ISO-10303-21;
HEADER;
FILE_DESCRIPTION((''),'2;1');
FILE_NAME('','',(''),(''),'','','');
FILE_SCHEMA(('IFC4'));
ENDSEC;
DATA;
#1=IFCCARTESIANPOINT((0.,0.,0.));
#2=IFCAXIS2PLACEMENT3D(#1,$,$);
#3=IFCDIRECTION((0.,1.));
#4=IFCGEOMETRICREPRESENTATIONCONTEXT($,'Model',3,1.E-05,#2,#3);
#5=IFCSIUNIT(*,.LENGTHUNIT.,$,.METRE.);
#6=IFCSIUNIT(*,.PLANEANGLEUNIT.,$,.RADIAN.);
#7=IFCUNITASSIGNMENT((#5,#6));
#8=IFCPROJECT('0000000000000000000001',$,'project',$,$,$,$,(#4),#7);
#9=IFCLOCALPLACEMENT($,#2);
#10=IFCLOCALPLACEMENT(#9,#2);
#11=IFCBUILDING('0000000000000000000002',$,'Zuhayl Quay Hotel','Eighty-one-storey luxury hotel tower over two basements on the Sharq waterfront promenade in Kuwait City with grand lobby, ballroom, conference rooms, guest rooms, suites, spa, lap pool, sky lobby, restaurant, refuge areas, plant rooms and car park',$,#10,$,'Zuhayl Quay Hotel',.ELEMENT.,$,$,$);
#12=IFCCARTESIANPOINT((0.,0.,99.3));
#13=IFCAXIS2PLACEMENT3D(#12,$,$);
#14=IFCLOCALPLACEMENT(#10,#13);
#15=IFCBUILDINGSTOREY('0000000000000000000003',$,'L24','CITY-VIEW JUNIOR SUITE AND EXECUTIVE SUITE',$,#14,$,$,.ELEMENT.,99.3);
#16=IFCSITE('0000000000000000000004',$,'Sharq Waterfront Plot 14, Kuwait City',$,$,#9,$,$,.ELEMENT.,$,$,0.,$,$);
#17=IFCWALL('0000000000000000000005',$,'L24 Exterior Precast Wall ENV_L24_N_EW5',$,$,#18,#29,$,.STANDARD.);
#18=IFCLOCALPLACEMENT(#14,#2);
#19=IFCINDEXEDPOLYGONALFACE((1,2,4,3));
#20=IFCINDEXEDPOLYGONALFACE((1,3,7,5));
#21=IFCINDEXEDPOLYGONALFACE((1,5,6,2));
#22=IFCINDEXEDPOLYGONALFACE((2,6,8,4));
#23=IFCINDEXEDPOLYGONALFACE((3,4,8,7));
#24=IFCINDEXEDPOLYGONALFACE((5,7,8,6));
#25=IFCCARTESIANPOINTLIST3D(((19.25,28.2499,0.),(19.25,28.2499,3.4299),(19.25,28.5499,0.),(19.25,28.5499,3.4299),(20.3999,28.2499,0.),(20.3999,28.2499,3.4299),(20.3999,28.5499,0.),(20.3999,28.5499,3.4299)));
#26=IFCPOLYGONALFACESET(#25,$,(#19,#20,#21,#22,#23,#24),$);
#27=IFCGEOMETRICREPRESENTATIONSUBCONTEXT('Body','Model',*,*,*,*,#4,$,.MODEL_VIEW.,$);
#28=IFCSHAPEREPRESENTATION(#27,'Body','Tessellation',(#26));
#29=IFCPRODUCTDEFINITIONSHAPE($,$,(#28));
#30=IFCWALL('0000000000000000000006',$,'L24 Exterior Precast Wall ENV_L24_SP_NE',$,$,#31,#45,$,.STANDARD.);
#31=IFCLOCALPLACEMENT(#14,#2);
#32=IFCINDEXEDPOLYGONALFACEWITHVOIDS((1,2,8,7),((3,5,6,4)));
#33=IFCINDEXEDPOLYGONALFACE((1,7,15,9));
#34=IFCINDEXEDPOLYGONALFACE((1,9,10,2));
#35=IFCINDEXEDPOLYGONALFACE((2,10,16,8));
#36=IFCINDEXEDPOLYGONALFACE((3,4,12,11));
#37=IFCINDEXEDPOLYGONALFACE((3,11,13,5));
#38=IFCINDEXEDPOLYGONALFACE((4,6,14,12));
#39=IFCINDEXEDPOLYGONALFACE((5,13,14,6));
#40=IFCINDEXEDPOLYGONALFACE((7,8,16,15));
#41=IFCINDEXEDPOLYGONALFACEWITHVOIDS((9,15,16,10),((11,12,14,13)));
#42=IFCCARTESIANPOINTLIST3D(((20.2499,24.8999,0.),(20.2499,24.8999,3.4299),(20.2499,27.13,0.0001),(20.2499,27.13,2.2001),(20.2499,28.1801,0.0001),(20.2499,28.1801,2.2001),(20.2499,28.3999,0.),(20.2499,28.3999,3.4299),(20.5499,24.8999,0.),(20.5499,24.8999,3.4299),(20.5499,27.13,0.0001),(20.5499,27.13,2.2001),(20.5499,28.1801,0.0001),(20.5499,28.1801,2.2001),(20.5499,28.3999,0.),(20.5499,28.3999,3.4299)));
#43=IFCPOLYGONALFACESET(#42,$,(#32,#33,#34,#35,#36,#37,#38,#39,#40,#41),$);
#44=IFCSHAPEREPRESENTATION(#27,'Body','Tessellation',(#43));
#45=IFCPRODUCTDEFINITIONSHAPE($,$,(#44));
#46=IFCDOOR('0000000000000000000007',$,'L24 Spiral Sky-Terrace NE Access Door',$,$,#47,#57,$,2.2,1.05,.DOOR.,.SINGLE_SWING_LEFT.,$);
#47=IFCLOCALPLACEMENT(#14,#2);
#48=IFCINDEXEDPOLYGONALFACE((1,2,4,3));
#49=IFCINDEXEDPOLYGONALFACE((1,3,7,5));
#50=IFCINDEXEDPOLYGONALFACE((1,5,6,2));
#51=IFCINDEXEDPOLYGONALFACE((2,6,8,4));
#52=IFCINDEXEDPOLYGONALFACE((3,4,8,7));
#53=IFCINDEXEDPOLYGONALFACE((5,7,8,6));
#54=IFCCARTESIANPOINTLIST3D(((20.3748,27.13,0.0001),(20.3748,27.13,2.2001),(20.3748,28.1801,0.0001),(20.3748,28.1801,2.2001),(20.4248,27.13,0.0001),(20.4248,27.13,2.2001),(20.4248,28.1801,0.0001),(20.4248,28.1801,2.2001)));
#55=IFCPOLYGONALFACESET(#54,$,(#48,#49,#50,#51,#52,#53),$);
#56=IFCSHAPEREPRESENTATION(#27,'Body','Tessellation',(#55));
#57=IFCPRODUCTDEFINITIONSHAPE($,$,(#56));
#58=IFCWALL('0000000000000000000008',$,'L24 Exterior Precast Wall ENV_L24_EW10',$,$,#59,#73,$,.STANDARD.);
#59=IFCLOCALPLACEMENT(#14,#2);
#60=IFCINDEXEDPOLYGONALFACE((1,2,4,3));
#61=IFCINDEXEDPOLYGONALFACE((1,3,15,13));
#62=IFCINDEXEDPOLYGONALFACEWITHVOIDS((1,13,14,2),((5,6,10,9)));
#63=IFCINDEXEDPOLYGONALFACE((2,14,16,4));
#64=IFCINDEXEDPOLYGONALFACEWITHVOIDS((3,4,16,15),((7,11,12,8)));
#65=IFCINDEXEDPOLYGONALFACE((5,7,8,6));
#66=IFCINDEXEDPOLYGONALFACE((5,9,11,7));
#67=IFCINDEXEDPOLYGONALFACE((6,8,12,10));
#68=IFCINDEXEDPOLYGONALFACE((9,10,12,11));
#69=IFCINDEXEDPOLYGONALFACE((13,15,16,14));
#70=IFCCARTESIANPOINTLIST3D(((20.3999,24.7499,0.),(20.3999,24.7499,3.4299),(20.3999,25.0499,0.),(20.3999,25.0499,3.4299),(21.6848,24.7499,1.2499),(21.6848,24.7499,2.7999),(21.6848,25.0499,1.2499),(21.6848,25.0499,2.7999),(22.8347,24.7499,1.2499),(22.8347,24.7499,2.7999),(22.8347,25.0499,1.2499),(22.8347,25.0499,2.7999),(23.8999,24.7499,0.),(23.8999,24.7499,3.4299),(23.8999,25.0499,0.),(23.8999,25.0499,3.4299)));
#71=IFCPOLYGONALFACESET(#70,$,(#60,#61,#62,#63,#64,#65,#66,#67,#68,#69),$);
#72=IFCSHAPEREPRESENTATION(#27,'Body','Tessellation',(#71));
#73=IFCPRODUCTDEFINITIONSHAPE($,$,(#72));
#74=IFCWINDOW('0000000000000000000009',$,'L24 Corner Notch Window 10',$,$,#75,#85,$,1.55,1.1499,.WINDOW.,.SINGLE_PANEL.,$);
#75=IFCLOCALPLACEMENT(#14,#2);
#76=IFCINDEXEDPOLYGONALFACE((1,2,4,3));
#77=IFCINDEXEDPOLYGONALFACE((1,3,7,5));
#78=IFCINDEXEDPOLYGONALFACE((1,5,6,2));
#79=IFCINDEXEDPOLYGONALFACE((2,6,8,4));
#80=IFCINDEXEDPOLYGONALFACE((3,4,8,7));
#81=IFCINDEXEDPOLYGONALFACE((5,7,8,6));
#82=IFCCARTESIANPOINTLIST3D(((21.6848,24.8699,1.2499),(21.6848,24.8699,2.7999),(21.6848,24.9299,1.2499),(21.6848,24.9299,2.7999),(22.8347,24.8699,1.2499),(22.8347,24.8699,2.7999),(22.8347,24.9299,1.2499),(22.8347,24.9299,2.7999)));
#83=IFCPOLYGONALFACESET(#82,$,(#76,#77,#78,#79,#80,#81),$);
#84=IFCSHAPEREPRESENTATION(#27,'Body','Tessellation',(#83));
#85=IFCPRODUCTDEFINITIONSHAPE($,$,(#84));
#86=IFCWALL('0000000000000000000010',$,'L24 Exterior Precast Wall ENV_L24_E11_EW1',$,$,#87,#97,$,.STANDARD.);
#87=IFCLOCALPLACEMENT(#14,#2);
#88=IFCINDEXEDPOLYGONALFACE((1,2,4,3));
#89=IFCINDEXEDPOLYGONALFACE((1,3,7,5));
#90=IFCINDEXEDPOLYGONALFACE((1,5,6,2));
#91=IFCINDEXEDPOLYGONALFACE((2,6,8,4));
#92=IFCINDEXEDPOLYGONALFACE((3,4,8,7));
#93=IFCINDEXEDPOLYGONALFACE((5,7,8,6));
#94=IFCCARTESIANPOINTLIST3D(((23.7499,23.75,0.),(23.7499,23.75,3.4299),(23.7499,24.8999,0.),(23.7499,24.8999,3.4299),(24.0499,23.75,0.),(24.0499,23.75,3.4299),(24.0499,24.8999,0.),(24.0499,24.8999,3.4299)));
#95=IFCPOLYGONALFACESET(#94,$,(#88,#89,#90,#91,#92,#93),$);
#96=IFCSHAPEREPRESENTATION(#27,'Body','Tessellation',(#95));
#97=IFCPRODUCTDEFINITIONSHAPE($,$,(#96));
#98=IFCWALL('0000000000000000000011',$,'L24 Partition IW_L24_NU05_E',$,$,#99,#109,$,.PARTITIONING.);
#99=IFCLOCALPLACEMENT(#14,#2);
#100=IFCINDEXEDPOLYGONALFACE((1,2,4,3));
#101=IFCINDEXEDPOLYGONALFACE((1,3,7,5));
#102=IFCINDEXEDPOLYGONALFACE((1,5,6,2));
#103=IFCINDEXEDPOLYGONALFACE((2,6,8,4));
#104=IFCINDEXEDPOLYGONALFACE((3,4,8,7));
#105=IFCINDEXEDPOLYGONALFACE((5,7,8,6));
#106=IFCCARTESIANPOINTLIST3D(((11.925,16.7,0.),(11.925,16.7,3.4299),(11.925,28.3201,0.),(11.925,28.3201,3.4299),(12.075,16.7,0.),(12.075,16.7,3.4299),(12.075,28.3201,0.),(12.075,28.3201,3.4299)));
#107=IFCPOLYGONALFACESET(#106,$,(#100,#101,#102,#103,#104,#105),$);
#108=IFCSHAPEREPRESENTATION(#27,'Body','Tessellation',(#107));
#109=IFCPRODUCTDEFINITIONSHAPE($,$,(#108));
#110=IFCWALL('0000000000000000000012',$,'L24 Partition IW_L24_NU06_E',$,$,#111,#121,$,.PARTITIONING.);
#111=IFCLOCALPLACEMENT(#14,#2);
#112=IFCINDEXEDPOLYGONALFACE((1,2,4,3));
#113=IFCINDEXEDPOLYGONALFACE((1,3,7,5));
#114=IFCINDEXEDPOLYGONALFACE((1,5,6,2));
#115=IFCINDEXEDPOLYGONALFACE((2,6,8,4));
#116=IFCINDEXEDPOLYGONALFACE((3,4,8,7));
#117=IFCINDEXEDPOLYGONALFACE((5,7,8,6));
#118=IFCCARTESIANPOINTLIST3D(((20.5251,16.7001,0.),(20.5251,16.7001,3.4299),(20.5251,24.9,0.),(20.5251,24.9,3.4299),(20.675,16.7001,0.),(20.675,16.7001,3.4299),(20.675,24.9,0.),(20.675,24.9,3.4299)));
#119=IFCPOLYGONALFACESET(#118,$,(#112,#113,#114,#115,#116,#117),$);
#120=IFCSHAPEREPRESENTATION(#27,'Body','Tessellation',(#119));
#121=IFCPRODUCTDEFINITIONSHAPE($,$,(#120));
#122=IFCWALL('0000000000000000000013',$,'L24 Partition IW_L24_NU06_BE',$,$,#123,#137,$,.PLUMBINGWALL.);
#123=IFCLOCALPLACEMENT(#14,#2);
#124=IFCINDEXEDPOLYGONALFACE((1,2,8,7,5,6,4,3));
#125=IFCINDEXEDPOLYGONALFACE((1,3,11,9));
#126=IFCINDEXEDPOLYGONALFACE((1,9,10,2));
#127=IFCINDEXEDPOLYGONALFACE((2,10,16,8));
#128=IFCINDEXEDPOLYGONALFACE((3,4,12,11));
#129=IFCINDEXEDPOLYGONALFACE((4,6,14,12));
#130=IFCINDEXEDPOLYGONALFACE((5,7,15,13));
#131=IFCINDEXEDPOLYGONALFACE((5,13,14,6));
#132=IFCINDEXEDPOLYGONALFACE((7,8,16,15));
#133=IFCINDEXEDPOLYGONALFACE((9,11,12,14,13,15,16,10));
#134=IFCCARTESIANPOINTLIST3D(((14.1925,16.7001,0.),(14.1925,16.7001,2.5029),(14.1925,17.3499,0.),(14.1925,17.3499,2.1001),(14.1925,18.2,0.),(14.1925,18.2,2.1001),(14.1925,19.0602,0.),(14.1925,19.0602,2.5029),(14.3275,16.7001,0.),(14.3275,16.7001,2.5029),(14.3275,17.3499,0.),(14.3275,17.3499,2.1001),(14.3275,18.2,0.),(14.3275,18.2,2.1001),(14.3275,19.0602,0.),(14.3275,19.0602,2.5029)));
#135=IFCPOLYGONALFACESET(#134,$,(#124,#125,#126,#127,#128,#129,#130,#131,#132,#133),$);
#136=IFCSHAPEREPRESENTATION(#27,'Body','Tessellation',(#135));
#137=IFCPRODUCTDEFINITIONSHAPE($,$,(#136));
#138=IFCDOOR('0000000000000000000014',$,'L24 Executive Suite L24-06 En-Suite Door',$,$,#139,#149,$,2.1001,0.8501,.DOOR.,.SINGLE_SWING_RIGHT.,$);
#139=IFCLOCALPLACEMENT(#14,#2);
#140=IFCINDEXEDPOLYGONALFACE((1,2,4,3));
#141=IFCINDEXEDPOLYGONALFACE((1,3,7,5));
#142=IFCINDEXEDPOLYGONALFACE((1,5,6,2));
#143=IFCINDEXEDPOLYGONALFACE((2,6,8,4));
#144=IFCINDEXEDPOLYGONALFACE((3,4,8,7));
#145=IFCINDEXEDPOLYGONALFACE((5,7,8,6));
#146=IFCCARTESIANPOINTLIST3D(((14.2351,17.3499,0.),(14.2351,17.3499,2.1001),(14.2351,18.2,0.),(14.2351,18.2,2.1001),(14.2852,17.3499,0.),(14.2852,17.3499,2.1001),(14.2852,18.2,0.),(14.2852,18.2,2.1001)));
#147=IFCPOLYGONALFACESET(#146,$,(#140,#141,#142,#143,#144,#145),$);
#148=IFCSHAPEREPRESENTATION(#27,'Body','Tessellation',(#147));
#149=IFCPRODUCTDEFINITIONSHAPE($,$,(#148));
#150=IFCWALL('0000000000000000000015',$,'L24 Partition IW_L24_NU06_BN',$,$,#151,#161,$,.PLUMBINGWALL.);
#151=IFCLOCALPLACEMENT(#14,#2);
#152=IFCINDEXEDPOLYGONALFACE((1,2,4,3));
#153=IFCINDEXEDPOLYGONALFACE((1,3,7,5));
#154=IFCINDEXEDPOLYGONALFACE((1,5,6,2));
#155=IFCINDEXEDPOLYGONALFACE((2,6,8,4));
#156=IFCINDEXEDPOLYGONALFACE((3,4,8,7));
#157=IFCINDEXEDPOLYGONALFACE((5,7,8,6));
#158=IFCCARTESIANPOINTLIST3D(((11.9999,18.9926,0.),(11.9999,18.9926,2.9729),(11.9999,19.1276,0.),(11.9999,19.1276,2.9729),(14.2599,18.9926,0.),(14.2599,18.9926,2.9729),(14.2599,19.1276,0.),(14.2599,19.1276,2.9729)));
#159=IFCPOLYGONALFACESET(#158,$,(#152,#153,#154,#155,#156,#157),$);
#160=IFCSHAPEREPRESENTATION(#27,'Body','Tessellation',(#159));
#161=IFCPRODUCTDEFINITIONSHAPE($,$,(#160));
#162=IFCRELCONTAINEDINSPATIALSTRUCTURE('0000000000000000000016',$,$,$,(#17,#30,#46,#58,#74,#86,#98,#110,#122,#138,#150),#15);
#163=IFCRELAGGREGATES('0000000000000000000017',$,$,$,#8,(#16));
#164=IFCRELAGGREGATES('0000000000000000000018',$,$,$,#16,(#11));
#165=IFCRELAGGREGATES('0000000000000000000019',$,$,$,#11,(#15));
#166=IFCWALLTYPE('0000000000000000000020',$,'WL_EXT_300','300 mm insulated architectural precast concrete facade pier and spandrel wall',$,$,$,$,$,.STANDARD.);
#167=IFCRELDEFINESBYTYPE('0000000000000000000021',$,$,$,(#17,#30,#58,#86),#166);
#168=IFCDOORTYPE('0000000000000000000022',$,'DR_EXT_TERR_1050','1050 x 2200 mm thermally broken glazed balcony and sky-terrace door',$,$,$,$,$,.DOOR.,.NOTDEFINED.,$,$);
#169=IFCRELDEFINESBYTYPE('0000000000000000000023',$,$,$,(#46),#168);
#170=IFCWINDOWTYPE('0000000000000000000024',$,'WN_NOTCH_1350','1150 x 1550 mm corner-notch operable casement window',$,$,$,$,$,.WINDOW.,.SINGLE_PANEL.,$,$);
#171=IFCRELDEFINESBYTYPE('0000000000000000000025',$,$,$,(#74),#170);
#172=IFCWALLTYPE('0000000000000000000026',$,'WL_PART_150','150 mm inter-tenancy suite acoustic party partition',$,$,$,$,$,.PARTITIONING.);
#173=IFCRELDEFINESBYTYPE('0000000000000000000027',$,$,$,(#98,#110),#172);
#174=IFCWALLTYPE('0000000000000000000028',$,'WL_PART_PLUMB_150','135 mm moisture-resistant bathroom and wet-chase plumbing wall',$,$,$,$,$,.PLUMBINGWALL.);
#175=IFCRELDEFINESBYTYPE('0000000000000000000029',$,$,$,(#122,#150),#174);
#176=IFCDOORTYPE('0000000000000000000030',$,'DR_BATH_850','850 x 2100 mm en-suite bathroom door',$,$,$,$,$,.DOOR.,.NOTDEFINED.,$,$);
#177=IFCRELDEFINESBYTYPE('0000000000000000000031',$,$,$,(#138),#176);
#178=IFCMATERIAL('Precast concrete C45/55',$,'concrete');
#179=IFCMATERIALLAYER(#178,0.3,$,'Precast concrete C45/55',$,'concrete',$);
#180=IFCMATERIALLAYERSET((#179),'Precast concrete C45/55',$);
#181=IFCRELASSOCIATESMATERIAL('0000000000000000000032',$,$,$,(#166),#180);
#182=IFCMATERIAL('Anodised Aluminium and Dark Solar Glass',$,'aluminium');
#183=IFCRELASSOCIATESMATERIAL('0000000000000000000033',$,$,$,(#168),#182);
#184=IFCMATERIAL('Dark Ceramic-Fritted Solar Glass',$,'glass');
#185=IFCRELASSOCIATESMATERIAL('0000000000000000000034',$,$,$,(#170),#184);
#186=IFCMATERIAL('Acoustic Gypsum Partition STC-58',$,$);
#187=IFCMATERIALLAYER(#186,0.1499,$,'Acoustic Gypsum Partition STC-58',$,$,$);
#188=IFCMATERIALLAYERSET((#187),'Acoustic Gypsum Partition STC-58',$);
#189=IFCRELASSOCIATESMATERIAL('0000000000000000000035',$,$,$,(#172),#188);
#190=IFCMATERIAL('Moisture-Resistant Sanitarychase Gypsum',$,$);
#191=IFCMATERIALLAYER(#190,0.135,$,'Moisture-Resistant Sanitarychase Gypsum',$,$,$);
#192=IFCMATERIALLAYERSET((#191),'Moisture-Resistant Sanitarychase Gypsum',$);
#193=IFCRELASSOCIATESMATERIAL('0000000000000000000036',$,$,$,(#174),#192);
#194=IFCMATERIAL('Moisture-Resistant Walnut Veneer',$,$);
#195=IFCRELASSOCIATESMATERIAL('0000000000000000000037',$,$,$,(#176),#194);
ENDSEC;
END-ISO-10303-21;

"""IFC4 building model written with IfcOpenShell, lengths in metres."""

from ifc_helpers import new_model, si_unit, direction, frame, frame_2d, origin, place, context, subcontext, project, spatial, rectangle, extrude, material, layer, layer_set, type_object, element, fill, save


model = new_model("IFC4")

# Units and contexts
model_context = context("Model", 3, precision=1e-05, world=origin(), true_north=direction((0.0, 1.0)))
body_context = subcontext(model_context, "Body", "Model", "MODEL_VIEW")
ifc_project = project(units=[si_unit("LENGTHUNIT", "METRE"), si_unit("PLANEANGLEUNIT", "RADIAN")], contexts=[model_context])

# Site, building, storey
site_placement = place(None, origin())
site = spatial("IfcSite", under=ifc_project, at=site_placement, Name="Sharq Waterfront Plot 14, Kuwait City", CompositionType="ELEMENT", RefElevation=0.0)
building_placement = place(site_placement, origin())
building = spatial("IfcBuilding", under=site, at=building_placement, Name="Zuhayl Quay Hotel", Description="Eighty-one-storey luxury hotel tower over two basements on the Sharq waterfront promenade in Kuwait City with grand lobby, ballroom, conference rooms, guest rooms, suites, spa, lap pool, sky lobby, restaurant, refuge areas, plant rooms and car park", LongName="Zuhayl Quay Hotel", CompositionType="ELEMENT")
storey_placement = place(building_placement, frame((0.0, 0.0, 99.3)))
storey = spatial("IfcBuildingStorey", under=building, at=storey_placement, Name="L24", Description="CITY-VIEW JUNIOR SUITE AND EXECUTIVE SUITE", CompositionType="ELEMENT", Elevation=99.3)

# Shared definitions
ifc_material_1 = material(Name="Dark Ceramic-Fritted Solar Glass", Category="glass")

# Wall
ifc_material_2 = material(Name="Precast concrete C45/55", Category="concrete")
ifc_layer_1 = layer(ifc_material_2, 0.3, Name="Precast concrete C45/55", Category="concrete")
ifc_layer_set_1 = layer_set([ifc_layer_1], Name="Precast concrete C45/55")
wall_type_1 = type_object("IfcWallType", Name="WL_EXT_300", Description="300 mm insulated architectural precast concrete facade pier and spandrel wall", PredefinedType="STANDARD", material=ifc_layer_set_1)
wall_1_placement = place(storey_placement, frame((19.25, 28.3999, 0.0), z_axis=(0.0, 0.0, 1.0), x_axis=(1.0, 0.0, 0.0)))
element("IfcWall", 1, at=wall_1_placement, inside=storey, type_object=wall_type_1, Name="L24 Exterior Precast Wall ENV_L24_N_EW5", PredefinedType="STANDARD", context=body_context, shape_type="SweptSolid", body=[
    extrude(rectangle(XDim=1.1499, YDim=0.3, at=frame_2d((0.575, 0.0))), origin(), (0.0, 0.0, 1.0), 3.4299),
])

# Wall, opening, door
wall_2_placement = place(storey_placement, frame((20.3999, 28.3999, 0.0), z_axis=(0.0, 0.0, 1.0), x_axis=(0.0, -1.0, 0.0)))
wall_2 = element("IfcWall", 2, at=wall_2_placement, inside=storey, type_object=wall_type_1, Name="L24 Exterior Precast Wall ENV_L24_SP_NE", PredefinedType="STANDARD", context=body_context, shape_type="SweptSolid", body=[
    extrude(rectangle(XDim=3.5, YDim=0.3, at=frame_2d((1.75, 0.0))), origin(), (0.0, 0.0, 1.0), 3.4299),
])
opening_1_placement = place(wall_2_placement, frame((0.22, 0.0, 0.0)))
opening_1 = element("IfcOpeningElement", 3, at=opening_1_placement, cuts=wall_2, PredefinedType="OPENING", context=body_context, shape_type="SweptSolid", body=[
    extrude(rectangle(XDim=1.05, YDim=2.2, at=frame_2d((0.5249, 1.1001))), frame((0.0, 0.1599, 0.0), z_axis=(0.0, -1.0, 0.0), x_axis=(1.0, 0.0, 0.0)), (0.0, 0.0, 1.0), 0.3201),
])
ifc_material_3 = material(Name="Anodised Aluminium and Dark Solar Glass", Category="aluminium")
door_type_1 = type_object("IfcDoorType", Name="DR_EXT_TERR_1050", Description="1050 x 2200 mm thermally broken glazed balcony and sky-terrace door", OperationType="NOTDEFINED", PredefinedType="DOOR", material=ifc_material_3)
door_1_placement = place(opening_1_placement, origin())
door_1 = element("IfcDoor", 4, at=door_1_placement, inside=storey, type_object=door_type_1, Name="L24 Spiral Sky-Terrace NE Access Door", OperationType="SINGLE_SWING_LEFT", OverallHeight=2.2, OverallWidth=1.05, PredefinedType="DOOR", context=body_context, shape_type="SweptSolid", body=[
    extrude(rectangle(XDim=1.05, YDim=2.2, at=frame_2d((0.5249, 1.1001))), frame((0.0, 0.0249, 0.0), z_axis=(0.0, -1.0, 0.0), x_axis=(1.0, 0.0, 0.0)), (0.0, 0.0, 1.0), 0.05),
])
fill(opening_1, door_1)

# Wall, opening, window
wall_3_placement = place(storey_placement, frame((20.3999, 24.8999, 0.0), z_axis=(0.0, 0.0, 1.0), x_axis=(1.0, 0.0, 0.0)))
wall_3 = element("IfcWall", 5, at=wall_3_placement, inside=storey, type_object=wall_type_1, Name="L24 Exterior Precast Wall ENV_L24_EW10", PredefinedType="STANDARD", context=body_context, shape_type="SweptSolid", body=[
    extrude(rectangle(XDim=3.5, YDim=0.3, at=frame_2d((1.75, 0.0))), origin(), (0.0, 0.0, 1.0), 3.4299),
])
opening_2_placement = place(wall_3_placement, frame((1.2849, 0.0, 1.25)))
opening_2 = element("IfcOpeningElement", 6, at=opening_2_placement, cuts=wall_3, PredefinedType="OPENING", context=body_context, shape_type="SweptSolid", body=[
    extrude(rectangle(XDim=1.1499, YDim=1.55, at=frame_2d((0.575, 0.7749))), frame((0.0, 0.1599, 0.0), z_axis=(0.0, -1.0, 0.0), x_axis=(1.0, 0.0, 0.0)), (0.0, 0.0, 1.0), 0.3201),
])
window_type = type_object("IfcWindowType", Name="WN_NOTCH_1350", Description="1150 x 1550 mm corner-notch operable casement window", PartitioningType="SINGLE_PANEL", PredefinedType="WINDOW", material=ifc_material_1)
window_placement = place(opening_2_placement, origin())
window = element("IfcWindow", 7, at=window_placement, inside=storey, type_object=window_type, Name="L24 Corner Notch Window 10", OverallHeight=1.55, OverallWidth=1.1499, PartitioningType="SINGLE_PANEL", PredefinedType="WINDOW", context=body_context, shape_type="SweptSolid", body=[
    extrude(rectangle(XDim=1.1499, YDim=1.55, at=frame_2d((0.575, 0.7749))), frame((0.0, 0.03, 0.0), z_axis=(0.0, -1.0, 0.0), x_axis=(1.0, 0.0, 0.0)), (0.0, 0.0, 1.0), 0.0601),
])
fill(opening_2, window)

# Walls
wall_4_placement = place(storey_placement, frame((23.8999, 24.8999, 0.0), z_axis=(0.0, 0.0, 1.0), x_axis=(0.0, -1.0, 0.0)))
element("IfcWall", 8, at=wall_4_placement, inside=storey, type_object=wall_type_1, Name="L24 Exterior Precast Wall ENV_L24_E11_EW1", PredefinedType="STANDARD", context=body_context, shape_type="SweptSolid", body=[
    extrude(rectangle(XDim=1.1499, YDim=0.3, at=frame_2d((0.575, 0.0))), origin(), (0.0, 0.0, 1.0), 3.4299),
])
ifc_material_4 = material(Name="Acoustic Gypsum Partition STC-58")
ifc_layer_2 = layer(ifc_material_4, 0.1499, Name="Acoustic Gypsum Partition STC-58")
ifc_layer_set_2 = layer_set([ifc_layer_2], Name="Acoustic Gypsum Partition STC-58")
wall_type_2 = type_object("IfcWallType", Name="WL_PART_150", Description="150 mm inter-tenancy suite acoustic party partition", PredefinedType="PARTITIONING", material=ifc_layer_set_2)
wall_5_placement = place(storey_placement, frame((12.0, 16.7, 0.0), z_axis=(0.0, 0.0, 1.0), x_axis=(0.0, 1.0, 0.0)))
element("IfcWall", 9, at=wall_5_placement, inside=storey, type_object=wall_type_2, Name="L24 Partition IW_L24_NU05_E", PredefinedType="PARTITIONING", context=body_context, shape_type="SweptSolid", body=[
    extrude(rectangle(XDim=11.6201, YDim=0.1499, at=frame_2d((5.8101, 0.0))), origin(), (0.0, 0.0, 1.0), 3.4299),
])
wall_6_placement = place(storey_placement, frame((20.6001, 16.7, 0.0), z_axis=(0.0, 0.0, 1.0), x_axis=(0.0, 1.0, 0.0)))
element("IfcWall", 10, at=wall_6_placement, inside=storey, type_object=wall_type_2, Name="L24 Partition IW_L24_NU06_E", PredefinedType="PARTITIONING", context=body_context, shape_type="SweptSolid", body=[
    extrude(rectangle(XDim=8.2, YDim=0.1499, at=frame_2d((4.1001, 0.0))), origin(), (0.0, 0.0, 1.0), 3.4299),
])

# Wall, opening, door
ifc_material_5 = material(Name="Moisture-Resistant Sanitarychase Gypsum")
ifc_layer_3 = layer(ifc_material_5, 0.135, Name="Moisture-Resistant Sanitarychase Gypsum")
ifc_layer_set_3 = layer_set([ifc_layer_3], Name="Moisture-Resistant Sanitarychase Gypsum")
wall_type_3 = type_object("IfcWallType", Name="WL_PART_PLUMB_150", Description="135 mm moisture-resistant bathroom and wet-chase plumbing wall", PredefinedType="PLUMBINGWALL", material=ifc_layer_set_3)
wall_7_placement = place(storey_placement, frame((14.26, 16.7, 0.0), z_axis=(0.0, 0.0, 1.0), x_axis=(0.0, 1.0, 0.0)))
wall_7 = element("IfcWall", 11, at=wall_7_placement, inside=storey, type_object=wall_type_3, Name="L24 Partition IW_L24_NU06_BE", PredefinedType="PLUMBINGWALL", context=body_context, shape_type="SweptSolid", body=[
    extrude(rectangle(XDim=2.3601, YDim=0.135, at=frame_2d((1.1802, 0.0))), origin(), (0.0, 0.0, 1.0), 2.5029),
])
opening_3_placement = place(wall_7_placement, frame((0.6499, 0.0, 0.0)))
opening_3 = element("IfcOpeningElement", 12, at=opening_3_placement, cuts=wall_7, PredefinedType="OPENING", context=body_context, shape_type="SweptSolid", body=[
    extrude(rectangle(XDim=0.8501, YDim=2.1001, at=frame_2d((0.425, 1.05))), frame((0.0, 0.0774, 0.0), z_axis=(0.0, -1.0, 0.0), x_axis=(1.0, 0.0, 0.0)), (0.0, 0.0, 1.0), 0.155),
])
ifc_material_6 = material(Name="Moisture-Resistant Walnut Veneer")
door_type_2 = type_object("IfcDoorType", Name="DR_BATH_850", Description="850 x 2100 mm en-suite bathroom door", OperationType="NOTDEFINED", PredefinedType="DOOR", material=ifc_material_6)
door_2_placement = place(opening_3_placement, origin())
door_2 = element("IfcDoor", 13, at=door_2_placement, inside=storey, type_object=door_type_2, Name="L24 Executive Suite L24-06 En-Suite Door", OperationType="SINGLE_SWING_RIGHT", OverallHeight=2.1001, OverallWidth=0.8501, PredefinedType="DOOR", context=body_context, shape_type="SweptSolid", body=[
    extrude(rectangle(XDim=0.8501, YDim=2.1001, at=frame_2d((0.425, 1.05))), frame((0.0, 0.0249, 0.0), z_axis=(0.0, -1.0, 0.0), x_axis=(1.0, 0.0, 0.0)), (0.0, 0.0, 1.0), 0.05),
])
fill(opening_3, door_2)

# Wall
wall_8_placement = place(storey_placement, frame((12.0, 19.0601, 0.0), z_axis=(0.0, 0.0, 1.0), x_axis=(1.0, 0.0, 0.0)))
element("IfcWall", 14, at=wall_8_placement, inside=storey, type_object=wall_type_3, Name="L24 Partition IW_L24_NU06_BN", PredefinedType="PLUMBINGWALL", context=body_context, shape_type="SweptSolid", body=[
    extrude(rectangle(XDim=2.26, YDim=0.135, at=frame_2d((1.1299, 0.0))), origin(), (0.0, 0.0, 1.0), 2.9729),
])

save(model, "model.ifc")
